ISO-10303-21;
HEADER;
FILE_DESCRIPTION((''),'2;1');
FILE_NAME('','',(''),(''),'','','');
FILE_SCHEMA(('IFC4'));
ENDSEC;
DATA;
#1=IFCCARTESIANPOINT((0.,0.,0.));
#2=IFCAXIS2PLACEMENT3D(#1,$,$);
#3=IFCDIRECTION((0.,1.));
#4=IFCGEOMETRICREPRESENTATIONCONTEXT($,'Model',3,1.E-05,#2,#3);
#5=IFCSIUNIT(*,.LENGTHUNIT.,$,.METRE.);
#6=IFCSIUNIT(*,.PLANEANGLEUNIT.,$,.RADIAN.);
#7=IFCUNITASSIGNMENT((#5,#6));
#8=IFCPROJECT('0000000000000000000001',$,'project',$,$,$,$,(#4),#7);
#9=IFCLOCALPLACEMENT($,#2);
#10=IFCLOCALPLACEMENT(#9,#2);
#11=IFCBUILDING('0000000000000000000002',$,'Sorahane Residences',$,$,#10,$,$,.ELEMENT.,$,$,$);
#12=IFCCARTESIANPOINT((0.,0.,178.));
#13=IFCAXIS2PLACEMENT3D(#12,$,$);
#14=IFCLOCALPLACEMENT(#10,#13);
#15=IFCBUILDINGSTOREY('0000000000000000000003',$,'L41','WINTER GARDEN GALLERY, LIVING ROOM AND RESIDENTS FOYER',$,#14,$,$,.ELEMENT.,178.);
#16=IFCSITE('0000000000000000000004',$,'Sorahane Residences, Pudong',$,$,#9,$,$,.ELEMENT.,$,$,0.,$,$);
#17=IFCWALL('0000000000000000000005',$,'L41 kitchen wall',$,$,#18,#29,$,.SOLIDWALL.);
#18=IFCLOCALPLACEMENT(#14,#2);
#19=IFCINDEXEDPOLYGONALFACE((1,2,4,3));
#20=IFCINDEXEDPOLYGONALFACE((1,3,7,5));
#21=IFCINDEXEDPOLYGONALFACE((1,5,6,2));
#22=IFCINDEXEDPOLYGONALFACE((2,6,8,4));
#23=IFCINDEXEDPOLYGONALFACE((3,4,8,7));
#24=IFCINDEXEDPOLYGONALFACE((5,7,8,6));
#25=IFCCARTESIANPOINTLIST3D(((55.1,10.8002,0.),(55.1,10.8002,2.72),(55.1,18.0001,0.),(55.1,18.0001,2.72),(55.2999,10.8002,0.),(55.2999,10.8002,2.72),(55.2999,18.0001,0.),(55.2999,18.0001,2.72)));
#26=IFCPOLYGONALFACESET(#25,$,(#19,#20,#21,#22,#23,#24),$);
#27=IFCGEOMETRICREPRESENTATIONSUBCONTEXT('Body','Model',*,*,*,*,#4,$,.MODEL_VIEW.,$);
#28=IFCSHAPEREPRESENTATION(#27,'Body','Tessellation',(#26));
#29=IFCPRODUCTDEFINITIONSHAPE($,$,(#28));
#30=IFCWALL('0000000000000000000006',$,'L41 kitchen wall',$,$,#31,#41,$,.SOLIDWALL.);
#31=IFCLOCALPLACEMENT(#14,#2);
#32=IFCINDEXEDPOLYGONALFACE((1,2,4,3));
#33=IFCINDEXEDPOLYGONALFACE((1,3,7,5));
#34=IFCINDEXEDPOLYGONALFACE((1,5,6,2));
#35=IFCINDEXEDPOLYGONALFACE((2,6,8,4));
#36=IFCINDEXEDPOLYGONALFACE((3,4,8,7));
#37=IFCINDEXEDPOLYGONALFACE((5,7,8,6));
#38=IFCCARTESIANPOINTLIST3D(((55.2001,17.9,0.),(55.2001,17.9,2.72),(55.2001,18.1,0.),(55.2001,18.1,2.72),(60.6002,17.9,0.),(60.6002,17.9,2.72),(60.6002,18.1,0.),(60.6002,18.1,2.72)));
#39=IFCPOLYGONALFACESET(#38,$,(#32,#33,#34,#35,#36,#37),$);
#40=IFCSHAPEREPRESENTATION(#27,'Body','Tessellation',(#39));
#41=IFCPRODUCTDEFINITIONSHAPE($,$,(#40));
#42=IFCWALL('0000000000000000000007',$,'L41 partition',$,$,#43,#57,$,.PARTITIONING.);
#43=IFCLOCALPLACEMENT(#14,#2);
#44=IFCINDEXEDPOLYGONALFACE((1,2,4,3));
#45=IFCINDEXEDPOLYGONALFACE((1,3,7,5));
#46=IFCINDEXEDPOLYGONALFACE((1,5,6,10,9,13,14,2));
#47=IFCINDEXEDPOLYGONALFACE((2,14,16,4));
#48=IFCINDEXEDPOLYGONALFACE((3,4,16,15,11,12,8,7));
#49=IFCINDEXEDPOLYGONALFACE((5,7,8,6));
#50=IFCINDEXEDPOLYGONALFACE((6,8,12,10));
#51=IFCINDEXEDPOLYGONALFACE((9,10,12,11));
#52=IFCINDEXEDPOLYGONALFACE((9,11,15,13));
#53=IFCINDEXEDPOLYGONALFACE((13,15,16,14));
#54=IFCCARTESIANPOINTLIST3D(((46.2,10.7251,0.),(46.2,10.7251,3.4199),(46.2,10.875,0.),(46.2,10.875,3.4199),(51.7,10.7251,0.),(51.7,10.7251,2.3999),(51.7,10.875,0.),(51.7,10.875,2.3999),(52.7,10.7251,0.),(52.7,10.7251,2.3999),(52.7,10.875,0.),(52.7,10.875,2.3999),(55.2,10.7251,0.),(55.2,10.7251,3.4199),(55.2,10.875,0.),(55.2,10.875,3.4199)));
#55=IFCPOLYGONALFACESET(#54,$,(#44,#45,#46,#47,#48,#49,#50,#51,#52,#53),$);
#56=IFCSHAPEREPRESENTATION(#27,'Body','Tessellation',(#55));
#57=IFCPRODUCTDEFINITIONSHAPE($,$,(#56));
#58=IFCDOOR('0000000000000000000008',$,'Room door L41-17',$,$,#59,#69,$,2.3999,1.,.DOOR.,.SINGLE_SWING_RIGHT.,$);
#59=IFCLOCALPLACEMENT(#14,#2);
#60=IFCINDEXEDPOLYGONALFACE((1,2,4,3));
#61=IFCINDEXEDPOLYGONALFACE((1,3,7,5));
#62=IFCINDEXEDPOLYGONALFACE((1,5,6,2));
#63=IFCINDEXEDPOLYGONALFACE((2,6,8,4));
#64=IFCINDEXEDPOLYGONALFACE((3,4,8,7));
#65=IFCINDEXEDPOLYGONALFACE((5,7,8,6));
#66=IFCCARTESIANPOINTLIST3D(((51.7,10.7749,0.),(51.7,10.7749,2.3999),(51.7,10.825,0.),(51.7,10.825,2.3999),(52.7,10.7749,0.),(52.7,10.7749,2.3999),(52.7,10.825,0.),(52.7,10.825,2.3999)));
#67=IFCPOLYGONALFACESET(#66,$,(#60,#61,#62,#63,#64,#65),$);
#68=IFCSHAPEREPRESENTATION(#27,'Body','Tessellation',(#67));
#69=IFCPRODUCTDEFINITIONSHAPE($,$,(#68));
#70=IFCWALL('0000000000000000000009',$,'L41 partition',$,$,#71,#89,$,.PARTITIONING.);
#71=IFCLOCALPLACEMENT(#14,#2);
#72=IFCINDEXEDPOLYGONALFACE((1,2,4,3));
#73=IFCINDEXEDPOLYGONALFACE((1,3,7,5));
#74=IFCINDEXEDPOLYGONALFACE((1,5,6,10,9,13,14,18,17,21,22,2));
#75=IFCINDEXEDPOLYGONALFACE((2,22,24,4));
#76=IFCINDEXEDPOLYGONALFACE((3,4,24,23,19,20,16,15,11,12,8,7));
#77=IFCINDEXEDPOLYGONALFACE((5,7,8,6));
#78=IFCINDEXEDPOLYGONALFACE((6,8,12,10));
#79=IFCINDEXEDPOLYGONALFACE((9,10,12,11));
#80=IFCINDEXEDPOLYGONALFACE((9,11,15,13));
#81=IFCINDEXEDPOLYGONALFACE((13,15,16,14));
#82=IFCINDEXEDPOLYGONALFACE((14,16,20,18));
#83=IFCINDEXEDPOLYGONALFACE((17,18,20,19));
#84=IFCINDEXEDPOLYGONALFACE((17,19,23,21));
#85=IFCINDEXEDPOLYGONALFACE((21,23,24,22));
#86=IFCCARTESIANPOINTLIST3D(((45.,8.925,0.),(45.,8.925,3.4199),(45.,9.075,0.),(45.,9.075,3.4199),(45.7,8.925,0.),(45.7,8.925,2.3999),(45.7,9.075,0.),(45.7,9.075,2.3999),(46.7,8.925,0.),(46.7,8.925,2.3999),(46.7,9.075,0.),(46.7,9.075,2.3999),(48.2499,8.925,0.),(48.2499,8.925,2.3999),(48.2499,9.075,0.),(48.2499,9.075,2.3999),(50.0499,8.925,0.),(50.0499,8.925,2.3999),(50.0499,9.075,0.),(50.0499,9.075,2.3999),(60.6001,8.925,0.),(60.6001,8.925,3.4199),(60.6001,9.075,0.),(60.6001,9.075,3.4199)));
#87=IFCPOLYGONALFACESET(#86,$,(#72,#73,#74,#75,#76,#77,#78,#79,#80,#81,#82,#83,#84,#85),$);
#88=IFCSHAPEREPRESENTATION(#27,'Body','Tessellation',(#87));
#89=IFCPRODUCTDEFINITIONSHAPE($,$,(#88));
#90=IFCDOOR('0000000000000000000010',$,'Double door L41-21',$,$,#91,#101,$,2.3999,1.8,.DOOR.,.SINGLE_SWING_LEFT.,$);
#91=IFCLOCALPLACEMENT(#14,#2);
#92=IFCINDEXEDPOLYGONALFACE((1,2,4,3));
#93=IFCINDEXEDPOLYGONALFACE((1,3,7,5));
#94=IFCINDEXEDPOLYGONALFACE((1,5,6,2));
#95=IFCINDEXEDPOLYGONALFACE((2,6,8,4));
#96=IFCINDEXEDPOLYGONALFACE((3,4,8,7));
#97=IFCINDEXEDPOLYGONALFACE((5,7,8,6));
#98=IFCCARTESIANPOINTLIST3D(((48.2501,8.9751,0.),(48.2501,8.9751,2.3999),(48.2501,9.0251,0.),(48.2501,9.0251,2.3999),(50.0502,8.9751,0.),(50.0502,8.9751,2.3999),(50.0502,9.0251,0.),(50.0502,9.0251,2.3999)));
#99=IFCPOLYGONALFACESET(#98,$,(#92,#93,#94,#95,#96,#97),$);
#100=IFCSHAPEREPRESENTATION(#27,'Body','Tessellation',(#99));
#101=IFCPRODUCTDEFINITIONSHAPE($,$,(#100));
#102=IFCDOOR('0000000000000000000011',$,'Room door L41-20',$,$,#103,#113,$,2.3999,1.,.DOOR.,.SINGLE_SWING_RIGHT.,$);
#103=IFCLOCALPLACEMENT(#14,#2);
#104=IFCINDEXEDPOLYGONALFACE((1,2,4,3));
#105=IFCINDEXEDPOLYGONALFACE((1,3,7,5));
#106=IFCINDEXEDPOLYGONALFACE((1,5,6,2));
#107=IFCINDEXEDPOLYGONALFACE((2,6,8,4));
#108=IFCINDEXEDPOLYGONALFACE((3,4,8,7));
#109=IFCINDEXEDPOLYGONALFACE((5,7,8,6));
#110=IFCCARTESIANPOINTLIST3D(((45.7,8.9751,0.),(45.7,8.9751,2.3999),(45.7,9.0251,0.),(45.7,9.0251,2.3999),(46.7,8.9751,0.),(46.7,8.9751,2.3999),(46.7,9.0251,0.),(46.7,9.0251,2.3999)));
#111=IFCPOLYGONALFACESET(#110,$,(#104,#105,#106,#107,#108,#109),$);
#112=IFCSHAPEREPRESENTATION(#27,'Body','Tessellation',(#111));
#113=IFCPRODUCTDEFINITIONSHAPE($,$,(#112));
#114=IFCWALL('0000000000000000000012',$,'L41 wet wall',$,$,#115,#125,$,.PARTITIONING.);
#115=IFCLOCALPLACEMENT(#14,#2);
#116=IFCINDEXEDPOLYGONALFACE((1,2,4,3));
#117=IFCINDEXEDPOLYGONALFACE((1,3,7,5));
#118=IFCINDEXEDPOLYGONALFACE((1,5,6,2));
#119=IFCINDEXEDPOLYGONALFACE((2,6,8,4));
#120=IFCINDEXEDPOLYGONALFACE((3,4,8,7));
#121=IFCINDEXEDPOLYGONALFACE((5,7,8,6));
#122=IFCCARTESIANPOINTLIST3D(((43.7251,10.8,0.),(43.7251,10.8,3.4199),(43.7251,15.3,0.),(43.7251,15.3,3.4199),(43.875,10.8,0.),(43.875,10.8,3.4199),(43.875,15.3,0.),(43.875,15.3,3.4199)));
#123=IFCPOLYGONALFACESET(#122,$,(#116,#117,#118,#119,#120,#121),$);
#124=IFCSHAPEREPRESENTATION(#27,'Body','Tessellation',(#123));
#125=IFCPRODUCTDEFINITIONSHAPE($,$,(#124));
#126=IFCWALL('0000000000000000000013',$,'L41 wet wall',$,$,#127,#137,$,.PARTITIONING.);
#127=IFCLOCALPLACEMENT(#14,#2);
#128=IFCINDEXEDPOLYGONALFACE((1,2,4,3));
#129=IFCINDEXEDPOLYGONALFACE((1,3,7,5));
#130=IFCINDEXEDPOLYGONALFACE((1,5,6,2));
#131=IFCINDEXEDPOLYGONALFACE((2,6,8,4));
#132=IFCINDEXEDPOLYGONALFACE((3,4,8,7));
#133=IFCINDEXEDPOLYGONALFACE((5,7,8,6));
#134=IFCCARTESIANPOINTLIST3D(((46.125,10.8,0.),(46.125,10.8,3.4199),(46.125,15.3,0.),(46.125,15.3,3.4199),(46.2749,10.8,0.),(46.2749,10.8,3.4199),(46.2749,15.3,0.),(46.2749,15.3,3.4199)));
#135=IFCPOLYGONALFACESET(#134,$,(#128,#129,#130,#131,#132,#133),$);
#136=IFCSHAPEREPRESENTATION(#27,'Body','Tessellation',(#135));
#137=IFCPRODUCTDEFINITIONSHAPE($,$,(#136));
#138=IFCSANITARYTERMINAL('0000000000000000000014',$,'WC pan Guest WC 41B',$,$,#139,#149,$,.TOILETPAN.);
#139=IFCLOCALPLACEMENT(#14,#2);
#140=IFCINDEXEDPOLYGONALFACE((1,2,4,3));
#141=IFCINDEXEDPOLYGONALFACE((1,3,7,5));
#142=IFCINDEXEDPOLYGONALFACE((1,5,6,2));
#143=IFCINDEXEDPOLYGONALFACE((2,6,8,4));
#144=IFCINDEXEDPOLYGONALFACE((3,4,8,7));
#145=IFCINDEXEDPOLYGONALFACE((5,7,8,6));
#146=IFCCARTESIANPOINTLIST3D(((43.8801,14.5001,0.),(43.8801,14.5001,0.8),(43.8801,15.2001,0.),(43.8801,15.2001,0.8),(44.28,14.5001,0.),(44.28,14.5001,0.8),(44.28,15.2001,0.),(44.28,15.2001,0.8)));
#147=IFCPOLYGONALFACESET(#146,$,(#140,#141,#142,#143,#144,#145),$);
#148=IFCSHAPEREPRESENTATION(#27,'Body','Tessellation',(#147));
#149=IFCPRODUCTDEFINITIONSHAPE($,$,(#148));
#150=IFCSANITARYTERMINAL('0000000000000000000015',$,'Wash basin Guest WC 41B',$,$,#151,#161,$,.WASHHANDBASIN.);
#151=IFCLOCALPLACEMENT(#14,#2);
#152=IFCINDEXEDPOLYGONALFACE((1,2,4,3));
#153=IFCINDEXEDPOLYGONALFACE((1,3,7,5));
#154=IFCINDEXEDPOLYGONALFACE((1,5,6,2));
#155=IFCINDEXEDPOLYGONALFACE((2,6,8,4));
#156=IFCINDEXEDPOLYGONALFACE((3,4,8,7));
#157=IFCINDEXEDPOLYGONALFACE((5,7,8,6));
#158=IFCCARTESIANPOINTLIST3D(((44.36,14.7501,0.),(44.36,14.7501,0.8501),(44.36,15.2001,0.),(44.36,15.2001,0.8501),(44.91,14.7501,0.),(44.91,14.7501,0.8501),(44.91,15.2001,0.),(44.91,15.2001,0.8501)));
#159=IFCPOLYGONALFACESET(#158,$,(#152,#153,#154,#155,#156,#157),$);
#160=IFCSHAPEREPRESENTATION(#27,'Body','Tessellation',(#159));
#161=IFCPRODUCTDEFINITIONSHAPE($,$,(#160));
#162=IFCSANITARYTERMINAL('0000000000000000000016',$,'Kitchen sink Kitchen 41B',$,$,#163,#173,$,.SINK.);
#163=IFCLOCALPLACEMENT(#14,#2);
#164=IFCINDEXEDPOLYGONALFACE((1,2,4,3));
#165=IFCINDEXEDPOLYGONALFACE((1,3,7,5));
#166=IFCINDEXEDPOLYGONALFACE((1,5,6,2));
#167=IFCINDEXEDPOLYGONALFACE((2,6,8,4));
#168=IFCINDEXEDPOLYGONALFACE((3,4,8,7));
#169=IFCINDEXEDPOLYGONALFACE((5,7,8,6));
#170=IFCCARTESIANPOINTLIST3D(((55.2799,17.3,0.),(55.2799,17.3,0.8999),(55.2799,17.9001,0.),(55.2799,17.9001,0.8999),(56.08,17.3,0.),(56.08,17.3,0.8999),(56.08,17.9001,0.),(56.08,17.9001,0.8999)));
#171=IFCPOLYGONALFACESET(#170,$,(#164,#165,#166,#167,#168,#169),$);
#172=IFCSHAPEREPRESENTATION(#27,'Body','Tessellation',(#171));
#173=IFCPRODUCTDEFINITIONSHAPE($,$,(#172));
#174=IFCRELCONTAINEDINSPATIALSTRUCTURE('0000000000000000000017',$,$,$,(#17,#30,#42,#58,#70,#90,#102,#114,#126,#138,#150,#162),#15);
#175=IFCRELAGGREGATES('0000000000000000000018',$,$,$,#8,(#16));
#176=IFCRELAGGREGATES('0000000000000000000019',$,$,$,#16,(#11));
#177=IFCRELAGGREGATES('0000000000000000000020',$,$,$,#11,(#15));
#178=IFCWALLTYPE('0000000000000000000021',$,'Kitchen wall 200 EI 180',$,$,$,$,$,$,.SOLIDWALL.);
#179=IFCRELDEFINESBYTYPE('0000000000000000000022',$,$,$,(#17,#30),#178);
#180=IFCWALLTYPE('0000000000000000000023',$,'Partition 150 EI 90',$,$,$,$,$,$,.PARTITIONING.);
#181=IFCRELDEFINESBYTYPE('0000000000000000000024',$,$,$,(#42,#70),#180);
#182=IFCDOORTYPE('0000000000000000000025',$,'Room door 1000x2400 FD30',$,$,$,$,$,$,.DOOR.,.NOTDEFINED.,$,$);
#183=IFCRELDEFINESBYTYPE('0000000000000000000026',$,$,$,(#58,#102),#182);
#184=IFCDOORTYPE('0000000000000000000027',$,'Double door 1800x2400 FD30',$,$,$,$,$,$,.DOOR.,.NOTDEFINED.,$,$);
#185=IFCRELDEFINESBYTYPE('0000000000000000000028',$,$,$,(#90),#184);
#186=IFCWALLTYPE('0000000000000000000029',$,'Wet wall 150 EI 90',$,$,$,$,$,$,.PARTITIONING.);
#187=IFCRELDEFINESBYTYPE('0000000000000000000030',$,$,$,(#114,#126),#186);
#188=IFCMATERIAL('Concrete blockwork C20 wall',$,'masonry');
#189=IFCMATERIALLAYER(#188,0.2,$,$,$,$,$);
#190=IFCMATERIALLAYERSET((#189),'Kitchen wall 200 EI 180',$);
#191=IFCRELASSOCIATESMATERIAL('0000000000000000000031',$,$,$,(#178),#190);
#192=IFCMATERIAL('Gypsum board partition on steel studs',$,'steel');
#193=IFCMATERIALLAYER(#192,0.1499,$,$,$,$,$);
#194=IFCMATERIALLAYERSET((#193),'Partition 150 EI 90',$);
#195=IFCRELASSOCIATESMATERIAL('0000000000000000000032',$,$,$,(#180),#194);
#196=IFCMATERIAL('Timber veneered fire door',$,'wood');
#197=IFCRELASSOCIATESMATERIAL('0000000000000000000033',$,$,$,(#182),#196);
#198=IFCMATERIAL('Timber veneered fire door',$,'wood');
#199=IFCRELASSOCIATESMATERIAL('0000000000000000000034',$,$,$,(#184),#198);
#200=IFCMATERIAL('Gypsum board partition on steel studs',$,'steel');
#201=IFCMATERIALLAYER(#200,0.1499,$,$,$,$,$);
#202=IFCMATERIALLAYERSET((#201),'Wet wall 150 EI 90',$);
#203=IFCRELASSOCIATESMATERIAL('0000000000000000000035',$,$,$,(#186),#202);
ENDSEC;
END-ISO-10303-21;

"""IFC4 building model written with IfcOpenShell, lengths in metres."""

from ifc_helpers import new_model, si_unit, direction, frame, frame_2d, origin, origin_2d, place, context, subcontext, project, spatial, rectangle, extrude, material, layer, layer_set, type_object, element, fill, save


model = new_model("IFC4")

# Units and contexts
model_context = context("Model", 3, precision=1e-05, world=origin(), true_north=direction((0.0, 1.0)))
body_context = subcontext(model_context, "Body", "Model", "MODEL_VIEW")
ifc_project = project(units=[si_unit("LENGTHUNIT", "METRE"), si_unit("PLANEANGLEUNIT", "RADIAN")], contexts=[model_context])

# Site, building, storey
site_placement = place(None, origin())
site = spatial("IfcSite", under=ifc_project, at=site_placement, Name="Sorahane Residences, Pudong", CompositionType="ELEMENT", RefElevation=0.0)
building_placement = place(site_placement, origin())
building = spatial("IfcBuilding", under=site, at=building_placement, Name="Sorahane Residences", CompositionType="ELEMENT")
storey_placement = place(building_placement, frame((0.0, 0.0, 178.0)))
storey = spatial("IfcBuildingStorey", under=building, at=storey_placement, Name="L41", Description="WINTER GARDEN GALLERY, LIVING ROOM AND RESIDENTS FOYER", CompositionType="ELEMENT", Elevation=178.0)

# Wall
ifc_material_1 = material(Name="Concrete blockwork C20 wall", Category="masonry")
ifc_layer_1 = layer(ifc_material_1, 0.2)
ifc_layer_set_1 = layer_set([ifc_layer_1], Name="Kitchen wall 200 EI 180")
wall_type_1 = type_object("IfcWallType", Name="Kitchen wall 200 EI 180", PredefinedType="SOLIDWALL", material=ifc_layer_set_1)
wall_1_placement = place(storey_placement, frame((55.2, 10.8, 0.0), z_axis=(0.0, 0.0, 1.0), x_axis=(0.0, 1.0, 0.0)))
element("IfcWall", 1, at=wall_1_placement, inside=storey, type_object=wall_type_1, Name="L41 kitchen wall", PredefinedType="SOLIDWALL", context=body_context, shape_type="SweptSolid", body=[
    extrude(rectangle(XDim=7.2, YDim=0.2, at=frame_2d((3.6001, 0.0))), origin(), (0.0, 0.0, 1.0), 2.72),
])

# Wall
wall_2_placement = place(storey_placement, frame((55.2, 18.0, 0.0), z_axis=(0.0, 0.0, 1.0), x_axis=(1.0, 0.0, 0.0)))
element("IfcWall", 2, at=wall_2_placement, inside=storey, type_object=wall_type_1, Name="L41 kitchen wall", PredefinedType="SOLIDWALL", context=body_context, shape_type="SweptSolid", body=[
    extrude(rectangle(XDim=5.4001, YDim=0.2, at=frame_2d((2.7002, 0.0))), origin(), (0.0, 0.0, 1.0), 2.72),
])

# Wall, opening, door
ifc_material_2 = material(Name="Gypsum board partition on steel studs", Category="steel")
ifc_layer_2 = layer(ifc_material_2, 0.1499)
ifc_layer_set_2 = layer_set([ifc_layer_2], Name="Partition 150 EI 90")
wall_type_2 = type_object("IfcWallType", Name="Partition 150 EI 90", PredefinedType="PARTITIONING", material=ifc_layer_set_2)
wall_3_placement = place(storey_placement, frame((46.2, 10.8, 0.0), z_axis=(0.0, 0.0, 1.0), x_axis=(1.0, 0.0, 0.0)))
wall_3 = element("IfcWall", 3, at=wall_3_placement, inside=storey, type_object=wall_type_2, Name="L41 partition", PredefinedType="PARTITIONING", context=body_context, shape_type="SweptSolid", body=[
    extrude(rectangle(XDim=9.0, YDim=0.1499, at=frame_2d((4.5, 0.0))), origin(), (0.0, 0.0, 1.0), 3.4199),
])
opening_1_placement = place(wall_3_placement, frame((5.5, 0.0, 0.0)))
opening_1 = element("IfcOpeningElement", 4, at=opening_1_placement, cuts=wall_3, PredefinedType="OPENING", context=body_context, shape_type="SweptSolid", body=[
    extrude(rectangle(XDim=1.0, YDim=2.3999, at=frame_2d((0.5, 1.2))), frame((0.0, 0.085, 0.0), z_axis=(0.0, -1.0, 0.0), x_axis=(1.0, 0.0, 0.0)), (0.0, 0.0, 1.0), 0.1699),
])
ifc_material_3 = material(Name="Timber veneered fire door", Category="wood")
door_type_1 = type_object("IfcDoorType", Name="Room door 1000x2400 FD30", OperationType="NOTDEFINED", PredefinedType="DOOR", material=ifc_material_3)
door_1_placement = place(opening_1_placement, origin())
door_1 = element("IfcDoor", 5, at=door_1_placement, inside=storey, type_object=door_type_1, Name="Room door L41-17", OperationType="SINGLE_SWING_RIGHT", OverallHeight=2.3999, OverallWidth=1.0, PredefinedType="DOOR", context=body_context, shape_type="SweptSolid", body=[
    extrude(rectangle(XDim=1.0, YDim=2.3999, at=frame_2d((0.5, 1.2))), frame((0.0, 0.0249, 0.0), z_axis=(0.0, -1.0, 0.0), x_axis=(1.0, 0.0, 0.0)), (0.0, 0.0, 1.0), 0.05),
])
fill(opening_1, door_1)

# Wall, openings, doors
wall_4_placement = place(storey_placement, frame((45.0, 9.0, 0.0), z_axis=(0.0, 0.0, 1.0), x_axis=(1.0, 0.0, 0.0)))
wall_4 = element("IfcWall", 6, at=wall_4_placement, inside=storey, type_object=wall_type_2, Name="L41 partition", PredefinedType="PARTITIONING", context=body_context, shape_type="SweptSolid", body=[
    extrude(rectangle(XDim=15.6001, YDim=0.1499, at=frame_2d((7.8, 0.0))), origin(), (0.0, 0.0, 1.0), 3.4199),
])
opening_2_placement = place(wall_4_placement, frame((0.7, 0.0, 0.0)))
opening_2 = element("IfcOpeningElement", 7, at=opening_2_placement, cuts=wall_4, PredefinedType="OPENING", context=body_context, shape_type="SweptSolid", body=[
    extrude(rectangle(XDim=1.0, YDim=2.3999, at=frame_2d((0.5, 1.2))), frame((0.0, 0.085, 0.0), z_axis=(0.0, -1.0, 0.0), x_axis=(1.0, 0.0, 0.0)), (0.0, 0.0, 1.0), 0.1699),
])
opening_3_placement = place(wall_4_placement, frame((3.25, 0.0, 0.0)))
opening_3 = element("IfcOpeningElement", 8, at=opening_3_placement, cuts=wall_4, PredefinedType="OPENING", context=body_context, shape_type="SweptSolid", body=[
    extrude(rectangle(XDim=1.8, YDim=2.3999, at=frame_2d((0.8999, 1.2))), frame((0.0, 0.085, 0.0), z_axis=(0.0, -1.0, 0.0), x_axis=(1.0, 0.0, 0.0)), (0.0, 0.0, 1.0), 0.1699),
])
ifc_material_4 = material(Name="Timber veneered fire door", Category="wood")
door_type_2 = type_object("IfcDoorType", Name="Double door 1800x2400 FD30", OperationType="NOTDEFINED", PredefinedType="DOOR", material=ifc_material_4)
door_2_placement = place(opening_3_placement, frame((1.8, 0.0, 0.0), z_axis=(0.0, 0.0, 1.0), x_axis=(-1.0, 0.0, 0.0)))
door_2 = element("IfcDoor", 9, at=door_2_placement, inside=storey, type_object=door_type_2, Name="Double door L41-21", OperationType="SINGLE_SWING_LEFT", OverallHeight=2.3999, OverallWidth=1.8, PredefinedType="DOOR", context=body_context, shape_type="SweptSolid", body=[
    extrude(rectangle(XDim=1.8, YDim=2.3999, at=frame_2d((0.8999, 1.2))), frame((0.0, 0.0249, 0.0), z_axis=(0.0, -1.0, 0.0), x_axis=(1.0, 0.0, 0.0)), (0.0, 0.0, 1.0), 0.05),
])
fill(opening_3, door_2)
door_3_placement = place(opening_2_placement, frame((1.0, 0.0, 0.0), z_axis=(0.0, 0.0, 1.0), x_axis=(-1.0, 0.0, 0.0)))
door_3 = element("IfcDoor", 10, at=door_3_placement, inside=storey, type_object=door_type_1, Name="Room door L41-20", OperationType="SINGLE_SWING_RIGHT", OverallHeight=2.3999, OverallWidth=1.0, PredefinedType="DOOR", context=body_context, shape_type="SweptSolid", body=[
    extrude(rectangle(XDim=1.0, YDim=2.3999, at=frame_2d((0.5, 1.2))), frame((0.0, 0.0249, 0.0), z_axis=(0.0, -1.0, 0.0), x_axis=(1.0, 0.0, 0.0)), (0.0, 0.0, 1.0), 0.05),
])
fill(opening_2, door_3)

# Walls
ifc_material_5 = material(Name="Gypsum board partition on steel studs", Category="steel")
ifc_layer_3 = layer(ifc_material_5, 0.1499)
ifc_layer_set_3 = layer_set([ifc_layer_3], Name="Wet wall 150 EI 90")
wall_type_3 = type_object("IfcWallType", Name="Wet wall 150 EI 90", PredefinedType="PARTITIONING", material=ifc_layer_set_3)
for number, where, z_axis, x_axis, name in (
    (11, (43.8, 10.8, 0.0), (0.0, 0.0, 1.0), (0.0, 1.0, 0.0), "L41 wet wall"),
    (12, (46.2, 10.8, 0.0), (0.0, 0.0, 1.0), (0.0, 1.0, 0.0), "L41 wet wall"),
):
    element("IfcWall", number, at=place(storey_placement, frame(where, z_axis=z_axis, x_axis=x_axis)), inside=storey, type_object=wall_type_3, Name=name, PredefinedType="PARTITIONING", context=body_context, shape_type="SweptSolid", body=[
        extrude(rectangle(XDim=4.5, YDim=0.1499, at=frame_2d((2.25, 0.0))), origin(), (0.0, 0.0, 1.0), 3.4199),
    ])

# Sanitary terminals
sanitary_terminal_1_placement = place(storey_placement, frame((44.0801, 14.8501, 0.0), z_axis=(0.0, 0.0, 1.0), x_axis=(1.0, 0.0, 0.0)))
element("IfcSanitaryTerminal", 13, at=sanitary_terminal_1_placement, inside=storey, Name="WC pan Guest WC 41B", PredefinedType="TOILETPAN", context=body_context, shape_type="SweptSolid", body=[
    extrude(rectangle(XDim=0.3999, YDim=0.7, at=origin_2d()), origin(), (0.0, 0.0, 1.0), 0.8),
])
sanitary_terminal_2_placement = place(storey_placement, frame((44.635, 14.9751, 0.0), z_axis=(0.0, 0.0, 1.0), x_axis=(1.0, 0.0, 0.0)))
element("IfcSanitaryTerminal", 14, at=sanitary_terminal_2_placement, inside=storey, Name="Wash basin Guest WC 41B", PredefinedType="WASHHANDBASIN", context=body_context, shape_type="SweptSolid", body=[
    extrude(rectangle(XDim=0.55, YDim=0.45, at=origin_2d()), origin(), (0.0, 0.0, 1.0), 0.8501),
])
sanitary_terminal_3_placement = place(storey_placement, frame((55.6799, 17.6001, 0.0), z_axis=(0.0, 0.0, 1.0), x_axis=(1.0, 0.0, 0.0)))
element("IfcSanitaryTerminal", 15, at=sanitary_terminal_3_placement, inside=storey, Name="Kitchen sink Kitchen 41B", PredefinedType="SINK", context=body_context, shape_type="SweptSolid", body=[
    extrude(rectangle(XDim=0.8, YDim=0.6001, at=origin_2d()), origin(), (0.0, 0.0, 1.0), 0.8999),
])

save(model, "model.ifc")
